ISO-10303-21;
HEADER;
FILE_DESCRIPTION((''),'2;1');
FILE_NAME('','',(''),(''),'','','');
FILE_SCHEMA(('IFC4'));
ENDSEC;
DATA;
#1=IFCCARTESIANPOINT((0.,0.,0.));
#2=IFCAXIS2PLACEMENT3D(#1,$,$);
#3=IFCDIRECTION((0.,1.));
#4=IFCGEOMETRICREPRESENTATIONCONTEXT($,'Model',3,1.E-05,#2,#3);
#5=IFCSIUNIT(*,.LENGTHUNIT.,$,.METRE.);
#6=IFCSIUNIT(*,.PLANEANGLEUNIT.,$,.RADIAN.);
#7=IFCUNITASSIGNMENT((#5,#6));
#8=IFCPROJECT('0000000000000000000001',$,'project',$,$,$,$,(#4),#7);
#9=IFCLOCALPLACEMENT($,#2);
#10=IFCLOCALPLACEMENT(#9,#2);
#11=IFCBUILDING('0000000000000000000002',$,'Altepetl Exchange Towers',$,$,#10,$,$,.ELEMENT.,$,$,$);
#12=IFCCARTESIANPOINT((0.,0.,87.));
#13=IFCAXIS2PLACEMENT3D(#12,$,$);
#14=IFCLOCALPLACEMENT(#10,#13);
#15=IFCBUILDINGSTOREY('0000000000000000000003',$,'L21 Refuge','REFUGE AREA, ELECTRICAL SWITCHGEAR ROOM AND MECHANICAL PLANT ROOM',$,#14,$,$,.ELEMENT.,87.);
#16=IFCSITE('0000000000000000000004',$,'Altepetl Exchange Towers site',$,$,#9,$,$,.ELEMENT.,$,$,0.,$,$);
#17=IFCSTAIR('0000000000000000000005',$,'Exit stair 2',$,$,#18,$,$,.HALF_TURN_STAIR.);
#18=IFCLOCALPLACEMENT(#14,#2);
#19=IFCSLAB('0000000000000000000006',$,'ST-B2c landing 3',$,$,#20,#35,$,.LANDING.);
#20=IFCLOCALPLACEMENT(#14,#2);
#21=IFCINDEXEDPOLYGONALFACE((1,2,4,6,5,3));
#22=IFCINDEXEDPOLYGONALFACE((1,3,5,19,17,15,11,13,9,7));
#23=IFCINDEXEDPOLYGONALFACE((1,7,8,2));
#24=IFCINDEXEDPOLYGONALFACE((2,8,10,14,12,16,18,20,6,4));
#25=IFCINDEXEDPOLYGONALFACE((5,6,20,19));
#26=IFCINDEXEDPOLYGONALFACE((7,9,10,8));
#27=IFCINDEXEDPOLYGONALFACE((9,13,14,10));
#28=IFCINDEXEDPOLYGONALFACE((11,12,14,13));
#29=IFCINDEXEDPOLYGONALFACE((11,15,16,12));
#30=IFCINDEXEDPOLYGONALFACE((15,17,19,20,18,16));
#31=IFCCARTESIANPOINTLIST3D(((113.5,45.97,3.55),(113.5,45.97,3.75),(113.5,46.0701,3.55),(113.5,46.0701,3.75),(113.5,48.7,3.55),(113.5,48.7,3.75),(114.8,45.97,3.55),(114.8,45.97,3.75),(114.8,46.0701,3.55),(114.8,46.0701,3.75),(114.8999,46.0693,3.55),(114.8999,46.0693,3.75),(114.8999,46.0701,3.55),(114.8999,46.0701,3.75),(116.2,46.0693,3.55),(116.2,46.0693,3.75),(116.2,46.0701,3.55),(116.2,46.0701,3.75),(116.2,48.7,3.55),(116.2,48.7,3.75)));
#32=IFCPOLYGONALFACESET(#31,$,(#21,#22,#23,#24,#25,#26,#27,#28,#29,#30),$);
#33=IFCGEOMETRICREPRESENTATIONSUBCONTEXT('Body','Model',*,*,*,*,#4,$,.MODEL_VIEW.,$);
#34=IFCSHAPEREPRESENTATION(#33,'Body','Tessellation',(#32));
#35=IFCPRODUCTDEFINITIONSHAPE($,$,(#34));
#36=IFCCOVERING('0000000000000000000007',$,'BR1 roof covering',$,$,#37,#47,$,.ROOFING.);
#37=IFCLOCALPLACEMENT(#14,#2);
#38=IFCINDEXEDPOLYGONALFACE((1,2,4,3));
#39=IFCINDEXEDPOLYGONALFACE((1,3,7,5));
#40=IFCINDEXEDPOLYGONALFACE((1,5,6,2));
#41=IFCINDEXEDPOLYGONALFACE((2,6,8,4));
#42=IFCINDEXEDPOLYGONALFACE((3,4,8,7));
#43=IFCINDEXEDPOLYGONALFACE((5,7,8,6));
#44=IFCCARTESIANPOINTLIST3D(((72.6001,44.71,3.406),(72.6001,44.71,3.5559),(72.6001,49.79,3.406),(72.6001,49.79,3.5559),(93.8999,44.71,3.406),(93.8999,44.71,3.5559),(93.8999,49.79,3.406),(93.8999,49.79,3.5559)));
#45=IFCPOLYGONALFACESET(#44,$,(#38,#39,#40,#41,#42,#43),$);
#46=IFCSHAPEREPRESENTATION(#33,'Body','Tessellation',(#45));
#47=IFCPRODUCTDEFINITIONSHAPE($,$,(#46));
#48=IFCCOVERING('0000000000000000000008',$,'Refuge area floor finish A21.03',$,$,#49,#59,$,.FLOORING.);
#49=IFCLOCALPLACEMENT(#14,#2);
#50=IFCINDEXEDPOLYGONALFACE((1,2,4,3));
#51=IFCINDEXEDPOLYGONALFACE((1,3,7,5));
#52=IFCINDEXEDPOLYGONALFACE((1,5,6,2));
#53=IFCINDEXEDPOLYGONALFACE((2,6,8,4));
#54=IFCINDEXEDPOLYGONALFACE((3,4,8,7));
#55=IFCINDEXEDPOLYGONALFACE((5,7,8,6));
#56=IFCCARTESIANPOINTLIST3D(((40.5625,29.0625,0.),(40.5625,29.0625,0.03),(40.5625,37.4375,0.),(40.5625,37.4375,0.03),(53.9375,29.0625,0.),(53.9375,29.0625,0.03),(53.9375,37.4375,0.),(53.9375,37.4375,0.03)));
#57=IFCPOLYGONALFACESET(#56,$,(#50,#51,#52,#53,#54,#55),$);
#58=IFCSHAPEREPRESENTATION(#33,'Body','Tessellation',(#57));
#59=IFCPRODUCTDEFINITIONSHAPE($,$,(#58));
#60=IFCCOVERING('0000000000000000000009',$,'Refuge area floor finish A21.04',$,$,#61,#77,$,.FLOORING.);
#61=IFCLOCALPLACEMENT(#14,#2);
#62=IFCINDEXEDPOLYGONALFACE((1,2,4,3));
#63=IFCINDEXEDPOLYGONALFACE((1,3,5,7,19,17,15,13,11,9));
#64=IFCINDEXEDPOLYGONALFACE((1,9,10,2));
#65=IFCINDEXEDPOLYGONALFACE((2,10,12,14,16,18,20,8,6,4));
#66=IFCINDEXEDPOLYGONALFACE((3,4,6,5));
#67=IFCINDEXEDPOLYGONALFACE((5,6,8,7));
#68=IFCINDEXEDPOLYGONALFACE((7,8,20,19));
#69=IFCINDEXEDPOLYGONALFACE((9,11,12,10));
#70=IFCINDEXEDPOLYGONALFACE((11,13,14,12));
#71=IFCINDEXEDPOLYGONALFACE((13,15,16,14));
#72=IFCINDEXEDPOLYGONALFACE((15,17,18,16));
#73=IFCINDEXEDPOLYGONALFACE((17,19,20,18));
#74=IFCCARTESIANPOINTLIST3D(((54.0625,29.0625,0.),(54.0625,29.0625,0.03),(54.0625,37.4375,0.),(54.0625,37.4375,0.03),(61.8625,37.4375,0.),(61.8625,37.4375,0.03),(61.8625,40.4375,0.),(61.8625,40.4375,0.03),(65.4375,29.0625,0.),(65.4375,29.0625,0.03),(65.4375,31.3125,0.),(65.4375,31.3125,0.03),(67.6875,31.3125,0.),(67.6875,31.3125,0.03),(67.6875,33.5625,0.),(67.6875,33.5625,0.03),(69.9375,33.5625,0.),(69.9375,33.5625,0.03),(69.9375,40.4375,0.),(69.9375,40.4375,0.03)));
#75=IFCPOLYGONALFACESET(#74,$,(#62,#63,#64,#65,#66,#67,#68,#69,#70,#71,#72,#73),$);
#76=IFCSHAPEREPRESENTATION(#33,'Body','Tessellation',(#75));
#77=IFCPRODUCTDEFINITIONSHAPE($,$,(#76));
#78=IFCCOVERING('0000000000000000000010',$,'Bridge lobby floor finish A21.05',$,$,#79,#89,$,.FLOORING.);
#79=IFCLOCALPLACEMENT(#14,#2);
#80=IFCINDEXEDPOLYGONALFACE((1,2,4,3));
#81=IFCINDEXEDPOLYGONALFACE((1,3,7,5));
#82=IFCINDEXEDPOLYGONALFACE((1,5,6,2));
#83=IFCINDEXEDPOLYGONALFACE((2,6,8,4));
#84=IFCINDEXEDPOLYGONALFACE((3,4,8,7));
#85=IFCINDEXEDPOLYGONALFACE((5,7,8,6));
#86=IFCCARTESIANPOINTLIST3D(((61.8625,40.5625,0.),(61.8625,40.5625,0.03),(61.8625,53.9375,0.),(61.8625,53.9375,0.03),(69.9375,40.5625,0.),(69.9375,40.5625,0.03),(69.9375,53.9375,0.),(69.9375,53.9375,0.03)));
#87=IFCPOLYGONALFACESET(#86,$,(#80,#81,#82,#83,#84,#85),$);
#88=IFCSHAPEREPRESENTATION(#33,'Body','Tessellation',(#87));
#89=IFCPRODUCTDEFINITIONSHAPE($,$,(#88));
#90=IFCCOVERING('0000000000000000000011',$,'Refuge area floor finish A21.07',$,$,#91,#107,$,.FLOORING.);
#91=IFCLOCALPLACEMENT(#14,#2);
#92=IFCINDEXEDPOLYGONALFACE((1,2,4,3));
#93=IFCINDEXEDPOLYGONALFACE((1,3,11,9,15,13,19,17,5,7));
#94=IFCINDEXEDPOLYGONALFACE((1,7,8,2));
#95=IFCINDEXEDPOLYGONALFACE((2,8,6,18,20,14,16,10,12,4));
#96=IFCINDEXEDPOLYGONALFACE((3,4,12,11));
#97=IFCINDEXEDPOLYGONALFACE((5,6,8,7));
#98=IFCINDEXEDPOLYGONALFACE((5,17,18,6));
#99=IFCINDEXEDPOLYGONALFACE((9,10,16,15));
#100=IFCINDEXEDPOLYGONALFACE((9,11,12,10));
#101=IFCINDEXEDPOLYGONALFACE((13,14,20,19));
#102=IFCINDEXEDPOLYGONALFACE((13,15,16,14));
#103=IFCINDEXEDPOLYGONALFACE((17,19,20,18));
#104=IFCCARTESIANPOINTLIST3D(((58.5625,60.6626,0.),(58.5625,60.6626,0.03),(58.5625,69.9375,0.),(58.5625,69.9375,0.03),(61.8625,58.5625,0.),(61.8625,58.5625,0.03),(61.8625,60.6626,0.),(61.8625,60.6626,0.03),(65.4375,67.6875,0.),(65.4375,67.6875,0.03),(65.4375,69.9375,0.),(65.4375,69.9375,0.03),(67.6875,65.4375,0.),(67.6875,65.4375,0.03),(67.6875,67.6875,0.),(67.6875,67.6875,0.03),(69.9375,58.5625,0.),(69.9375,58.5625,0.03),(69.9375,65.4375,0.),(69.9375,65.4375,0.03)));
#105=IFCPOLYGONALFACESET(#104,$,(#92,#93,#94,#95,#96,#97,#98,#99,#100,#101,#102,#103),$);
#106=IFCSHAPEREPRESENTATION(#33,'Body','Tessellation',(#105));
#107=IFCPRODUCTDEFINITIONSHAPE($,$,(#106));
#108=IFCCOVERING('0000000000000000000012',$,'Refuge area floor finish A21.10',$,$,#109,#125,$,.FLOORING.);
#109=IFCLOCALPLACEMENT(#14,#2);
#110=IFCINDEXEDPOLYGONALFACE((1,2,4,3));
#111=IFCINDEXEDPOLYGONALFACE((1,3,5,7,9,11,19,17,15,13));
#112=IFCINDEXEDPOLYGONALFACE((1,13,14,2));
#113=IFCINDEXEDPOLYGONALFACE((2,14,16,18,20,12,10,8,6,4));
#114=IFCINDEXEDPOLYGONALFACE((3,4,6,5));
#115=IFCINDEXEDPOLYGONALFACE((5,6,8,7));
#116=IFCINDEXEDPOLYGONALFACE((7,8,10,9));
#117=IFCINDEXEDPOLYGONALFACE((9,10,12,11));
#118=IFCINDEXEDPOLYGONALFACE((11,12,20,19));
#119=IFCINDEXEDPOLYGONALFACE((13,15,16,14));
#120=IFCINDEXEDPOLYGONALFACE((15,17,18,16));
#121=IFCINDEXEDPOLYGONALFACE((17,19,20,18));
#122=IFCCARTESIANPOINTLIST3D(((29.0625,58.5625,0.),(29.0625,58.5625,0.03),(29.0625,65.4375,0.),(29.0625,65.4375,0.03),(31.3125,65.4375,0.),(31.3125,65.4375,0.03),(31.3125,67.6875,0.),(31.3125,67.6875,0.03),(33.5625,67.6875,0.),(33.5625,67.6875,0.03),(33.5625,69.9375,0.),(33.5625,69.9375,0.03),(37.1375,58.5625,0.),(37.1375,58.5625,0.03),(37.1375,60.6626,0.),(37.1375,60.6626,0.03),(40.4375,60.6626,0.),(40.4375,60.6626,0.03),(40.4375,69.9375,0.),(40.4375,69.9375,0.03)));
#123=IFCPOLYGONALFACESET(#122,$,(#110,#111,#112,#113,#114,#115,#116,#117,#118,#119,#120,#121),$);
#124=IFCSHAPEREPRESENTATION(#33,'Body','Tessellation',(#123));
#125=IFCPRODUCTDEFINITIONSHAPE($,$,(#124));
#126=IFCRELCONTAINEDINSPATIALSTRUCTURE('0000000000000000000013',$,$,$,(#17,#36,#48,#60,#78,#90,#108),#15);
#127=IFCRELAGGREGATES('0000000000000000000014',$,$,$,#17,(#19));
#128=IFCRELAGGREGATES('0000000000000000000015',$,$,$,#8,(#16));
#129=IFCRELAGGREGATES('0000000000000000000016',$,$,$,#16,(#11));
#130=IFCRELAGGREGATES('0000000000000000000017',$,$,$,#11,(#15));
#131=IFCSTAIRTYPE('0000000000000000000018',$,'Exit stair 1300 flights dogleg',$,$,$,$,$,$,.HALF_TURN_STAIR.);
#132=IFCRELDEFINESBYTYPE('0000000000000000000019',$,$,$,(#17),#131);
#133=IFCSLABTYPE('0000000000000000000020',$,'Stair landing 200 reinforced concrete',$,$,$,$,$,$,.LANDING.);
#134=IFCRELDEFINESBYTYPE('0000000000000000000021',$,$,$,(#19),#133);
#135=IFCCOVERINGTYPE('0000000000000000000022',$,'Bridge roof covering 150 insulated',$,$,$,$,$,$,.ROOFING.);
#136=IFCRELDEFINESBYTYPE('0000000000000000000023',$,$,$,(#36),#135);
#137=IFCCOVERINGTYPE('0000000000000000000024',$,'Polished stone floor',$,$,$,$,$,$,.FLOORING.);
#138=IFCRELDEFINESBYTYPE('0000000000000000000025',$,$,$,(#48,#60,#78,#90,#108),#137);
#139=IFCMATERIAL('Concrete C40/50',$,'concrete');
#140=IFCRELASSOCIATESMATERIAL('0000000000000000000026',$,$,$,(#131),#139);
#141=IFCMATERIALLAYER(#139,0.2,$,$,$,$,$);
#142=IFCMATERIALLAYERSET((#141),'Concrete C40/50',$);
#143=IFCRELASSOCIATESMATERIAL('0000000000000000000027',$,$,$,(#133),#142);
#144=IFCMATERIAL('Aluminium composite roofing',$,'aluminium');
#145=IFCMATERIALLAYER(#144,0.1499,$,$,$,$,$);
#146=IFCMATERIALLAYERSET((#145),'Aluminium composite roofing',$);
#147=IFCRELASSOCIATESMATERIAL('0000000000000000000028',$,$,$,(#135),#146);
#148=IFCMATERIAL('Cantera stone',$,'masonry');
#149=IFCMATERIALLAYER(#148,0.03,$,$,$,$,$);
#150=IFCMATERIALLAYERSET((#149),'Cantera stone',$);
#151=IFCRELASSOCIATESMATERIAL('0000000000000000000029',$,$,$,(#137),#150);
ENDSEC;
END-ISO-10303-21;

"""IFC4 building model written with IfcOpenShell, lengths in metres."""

from ifc_helpers import new_model, si_unit, direction, frame, origin, place, context, subcontext, project, spatial, polyline, outline, extrude, material, layer, layer_set, type_object, element, aggregate, save


model = new_model("IFC4")

# Units and contexts
model_context = context("Model", 3, precision=1e-05, world=origin(), true_north=direction((0.0, 1.0)))
body_context = subcontext(model_context, "Body", "Model", "MODEL_VIEW")
ifc_project = project(units=[si_unit("LENGTHUNIT", "METRE"), si_unit("PLANEANGLEUNIT", "RADIAN")], contexts=[model_context])

# Site, building, storey
site_placement = place(None, origin())
site = spatial("IfcSite", under=ifc_project, at=site_placement, Name="Altepetl Exchange Towers site", CompositionType="ELEMENT", RefElevation=0.0)
building_placement = place(site_placement, origin())
building = spatial("IfcBuilding", under=site, at=building_placement, Name="Altepetl Exchange Towers", CompositionType="ELEMENT")
storey_placement = place(building_placement, frame((0.0, 0.0, 87.0)))
storey = spatial("IfcBuildingStorey", under=building, at=storey_placement, Name="L21 Refuge", Description="REFUGE AREA, ELECTRICAL SWITCHGEAR ROOM AND MECHANICAL PLANT ROOM", CompositionType="ELEMENT", Elevation=87.0)

# Shared definitions
ifc_material_1 = material(Name="Concrete C40/50", Category="concrete")

# Stair, slab
stair_type = type_object("IfcStairType", Name="Exit stair 1300 flights dogleg", PredefinedType="HALF_TURN_STAIR", material=ifc_material_1)
ifc_layer_1 = layer(ifc_material_1, 0.2)
ifc_layer_set_1 = layer_set([ifc_layer_1], Name="Concrete C40/50")
slab_type_1 = type_object("IfcSlabType", Name="Stair landing 200 reinforced concrete", PredefinedType="LANDING", material=ifc_layer_set_1)
stair_1_placement = place(storey_placement, origin())
stair_1 = element("IfcStair", 1, at=stair_1_placement, inside=storey, type_object=stair_type, Name="Exit stair 2", PredefinedType="HALF_TURN_STAIR")
slab_1_placement = place(storey_placement, frame((0.0, 0.0, 3.55)))
slab_1 = element("IfcSlab", 2, at=slab_1_placement, type_object=slab_type_1, Name="ST-B2c landing 3", PredefinedType="LANDING", context=body_context, shape_type="SweptSolid", body=[
    extrude(outline(polyline([(114.8, 45.97), (113.5, 45.97), (113.5, 46.0701), (113.5, 48.7), (116.2, 48.7), (116.2, 46.0701), (116.2, 46.0693), (114.8999, 46.0693), (114.8999, 46.0701), (114.8, 46.0701), (114.8, 45.97)])), origin(), (0.0, 0.0, 1.0), 0.2),
])
aggregate(stair_1, [slab_1])

# Coverings
ifc_material_2 = material(Name="Aluminium composite roofing", Category="aluminium")
ifc_layer_2 = layer(ifc_material_2, 0.1499)
ifc_layer_set_2 = layer_set([ifc_layer_2], Name="Aluminium composite roofing")
covering_type_1 = type_object("IfcCoveringType", Name="Bridge roof covering 150 insulated", PredefinedType="ROOFING", material=ifc_layer_set_2)
covering_1_placement = place(storey_placement, frame((0.0, 0.0, 3.406)))
element("IfcCovering", 3, at=covering_1_placement, inside=storey, type_object=covering_type_1, Name="BR1 roof covering", PredefinedType="ROOFING", context=body_context, shape_type="SweptSolid", body=[
    extrude(outline(polyline([(72.6001, 44.71), (93.8999, 44.71), (93.8999, 49.79), (72.6001, 49.79), (72.6001, 44.71)])), origin(), (0.0, 0.0, 1.0), 0.1499),
])
ifc_material_3 = material(Name="Cantera stone", Category="masonry")
ifc_layer_3 = layer(ifc_material_3, 0.03)
ifc_layer_set_3 = layer_set([ifc_layer_3], Name="Cantera stone")
covering_type_2 = type_object("IfcCoveringType", Name="Polished stone floor", PredefinedType="FLOORING", material=ifc_layer_set_3)
covering_2_placement = place(storey_placement, origin())
element("IfcCovering", 4, at=covering_2_placement, inside=storey, type_object=covering_type_2, Name="Refuge area floor finish A21.03", PredefinedType="FLOORING", context=body_context, shape_type="SweptSolid", body=[
    extrude(outline(polyline([(40.5625, 37.4375), (40.5625, 29.0625), (53.9375, 29.0625), (53.9375, 37.4375), (40.5625, 37.4375)])), origin(), (0.0, 0.0, 1.0), 0.03),
])
covering_3_placement = place(storey_placement, origin())
element("IfcCovering", 5, at=covering_3_placement, inside=storey, type_object=covering_type_2, Name="Refuge area floor finish A21.04", PredefinedType="FLOORING", context=body_context, shape_type="SweptSolid", body=[
    extrude(outline(polyline([(54.0625, 37.4375), (54.0625, 29.0625), (65.4375, 29.0625), (65.4375, 31.3125), (67.6875, 31.3125), (67.6875, 33.5625), (69.9375, 33.5625), (69.9375, 40.4375), (61.8625, 40.4375), (61.8625, 37.4375), (54.0625, 37.4375)])), origin(), (0.0, 0.0, 1.0), 0.03),
])
covering_4_placement = place(storey_placement, origin())
element("IfcCovering", 6, at=covering_4_placement, inside=storey, type_object=covering_type_2, Name="Bridge lobby floor finish A21.05", PredefinedType="FLOORING", context=body_context, shape_type="SweptSolid", body=[
    extrude(outline(polyline([(69.9375, 40.5625), (69.9375, 53.9375), (61.8625, 53.9375), (61.8625, 40.5625), (69.9375, 40.5625)])), origin(), (0.0, 0.0, 1.0), 0.03),
])
covering_5_placement = place(storey_placement, origin())
element("IfcCovering", 7, at=covering_5_placement, inside=storey, type_object=covering_type_2, Name="Refuge area floor finish A21.07", PredefinedType="FLOORING", context=body_context, shape_type="SweptSolid", body=[
    extrude(outline(polyline([(58.5625, 69.9375), (58.5625, 60.6626), (61.8625, 60.6626), (61.8625, 58.5625), (69.9375, 58.5625), (69.9375, 65.4375), (67.6875, 65.4375), (67.6875, 67.6875), (65.4375, 67.6875), (65.4375, 69.9375), (58.5625, 69.9375)])), origin(), (0.0, 0.0, 1.0), 0.03),
])
covering_6_placement = place(storey_placement, origin())
element("IfcCovering", 8, at=covering_6_placement, inside=storey, type_object=covering_type_2, Name="Refuge area floor finish A21.10", PredefinedType="FLOORING", context=body_context, shape_type="SweptSolid", body=[
    extrude(outline(polyline([(33.5625, 69.9375), (33.5625, 67.6875), (31.3125, 67.6875), (31.3125, 65.4375), (29.0625, 65.4375), (29.0625, 58.5625), (37.1375, 58.5625), (37.1375, 60.6626), (40.4375, 60.6626), (40.4375, 69.9375), (33.5625, 69.9375)])), origin(), (0.0, 0.0, 1.0), 0.03),
])

save(model, "model.ifc")
